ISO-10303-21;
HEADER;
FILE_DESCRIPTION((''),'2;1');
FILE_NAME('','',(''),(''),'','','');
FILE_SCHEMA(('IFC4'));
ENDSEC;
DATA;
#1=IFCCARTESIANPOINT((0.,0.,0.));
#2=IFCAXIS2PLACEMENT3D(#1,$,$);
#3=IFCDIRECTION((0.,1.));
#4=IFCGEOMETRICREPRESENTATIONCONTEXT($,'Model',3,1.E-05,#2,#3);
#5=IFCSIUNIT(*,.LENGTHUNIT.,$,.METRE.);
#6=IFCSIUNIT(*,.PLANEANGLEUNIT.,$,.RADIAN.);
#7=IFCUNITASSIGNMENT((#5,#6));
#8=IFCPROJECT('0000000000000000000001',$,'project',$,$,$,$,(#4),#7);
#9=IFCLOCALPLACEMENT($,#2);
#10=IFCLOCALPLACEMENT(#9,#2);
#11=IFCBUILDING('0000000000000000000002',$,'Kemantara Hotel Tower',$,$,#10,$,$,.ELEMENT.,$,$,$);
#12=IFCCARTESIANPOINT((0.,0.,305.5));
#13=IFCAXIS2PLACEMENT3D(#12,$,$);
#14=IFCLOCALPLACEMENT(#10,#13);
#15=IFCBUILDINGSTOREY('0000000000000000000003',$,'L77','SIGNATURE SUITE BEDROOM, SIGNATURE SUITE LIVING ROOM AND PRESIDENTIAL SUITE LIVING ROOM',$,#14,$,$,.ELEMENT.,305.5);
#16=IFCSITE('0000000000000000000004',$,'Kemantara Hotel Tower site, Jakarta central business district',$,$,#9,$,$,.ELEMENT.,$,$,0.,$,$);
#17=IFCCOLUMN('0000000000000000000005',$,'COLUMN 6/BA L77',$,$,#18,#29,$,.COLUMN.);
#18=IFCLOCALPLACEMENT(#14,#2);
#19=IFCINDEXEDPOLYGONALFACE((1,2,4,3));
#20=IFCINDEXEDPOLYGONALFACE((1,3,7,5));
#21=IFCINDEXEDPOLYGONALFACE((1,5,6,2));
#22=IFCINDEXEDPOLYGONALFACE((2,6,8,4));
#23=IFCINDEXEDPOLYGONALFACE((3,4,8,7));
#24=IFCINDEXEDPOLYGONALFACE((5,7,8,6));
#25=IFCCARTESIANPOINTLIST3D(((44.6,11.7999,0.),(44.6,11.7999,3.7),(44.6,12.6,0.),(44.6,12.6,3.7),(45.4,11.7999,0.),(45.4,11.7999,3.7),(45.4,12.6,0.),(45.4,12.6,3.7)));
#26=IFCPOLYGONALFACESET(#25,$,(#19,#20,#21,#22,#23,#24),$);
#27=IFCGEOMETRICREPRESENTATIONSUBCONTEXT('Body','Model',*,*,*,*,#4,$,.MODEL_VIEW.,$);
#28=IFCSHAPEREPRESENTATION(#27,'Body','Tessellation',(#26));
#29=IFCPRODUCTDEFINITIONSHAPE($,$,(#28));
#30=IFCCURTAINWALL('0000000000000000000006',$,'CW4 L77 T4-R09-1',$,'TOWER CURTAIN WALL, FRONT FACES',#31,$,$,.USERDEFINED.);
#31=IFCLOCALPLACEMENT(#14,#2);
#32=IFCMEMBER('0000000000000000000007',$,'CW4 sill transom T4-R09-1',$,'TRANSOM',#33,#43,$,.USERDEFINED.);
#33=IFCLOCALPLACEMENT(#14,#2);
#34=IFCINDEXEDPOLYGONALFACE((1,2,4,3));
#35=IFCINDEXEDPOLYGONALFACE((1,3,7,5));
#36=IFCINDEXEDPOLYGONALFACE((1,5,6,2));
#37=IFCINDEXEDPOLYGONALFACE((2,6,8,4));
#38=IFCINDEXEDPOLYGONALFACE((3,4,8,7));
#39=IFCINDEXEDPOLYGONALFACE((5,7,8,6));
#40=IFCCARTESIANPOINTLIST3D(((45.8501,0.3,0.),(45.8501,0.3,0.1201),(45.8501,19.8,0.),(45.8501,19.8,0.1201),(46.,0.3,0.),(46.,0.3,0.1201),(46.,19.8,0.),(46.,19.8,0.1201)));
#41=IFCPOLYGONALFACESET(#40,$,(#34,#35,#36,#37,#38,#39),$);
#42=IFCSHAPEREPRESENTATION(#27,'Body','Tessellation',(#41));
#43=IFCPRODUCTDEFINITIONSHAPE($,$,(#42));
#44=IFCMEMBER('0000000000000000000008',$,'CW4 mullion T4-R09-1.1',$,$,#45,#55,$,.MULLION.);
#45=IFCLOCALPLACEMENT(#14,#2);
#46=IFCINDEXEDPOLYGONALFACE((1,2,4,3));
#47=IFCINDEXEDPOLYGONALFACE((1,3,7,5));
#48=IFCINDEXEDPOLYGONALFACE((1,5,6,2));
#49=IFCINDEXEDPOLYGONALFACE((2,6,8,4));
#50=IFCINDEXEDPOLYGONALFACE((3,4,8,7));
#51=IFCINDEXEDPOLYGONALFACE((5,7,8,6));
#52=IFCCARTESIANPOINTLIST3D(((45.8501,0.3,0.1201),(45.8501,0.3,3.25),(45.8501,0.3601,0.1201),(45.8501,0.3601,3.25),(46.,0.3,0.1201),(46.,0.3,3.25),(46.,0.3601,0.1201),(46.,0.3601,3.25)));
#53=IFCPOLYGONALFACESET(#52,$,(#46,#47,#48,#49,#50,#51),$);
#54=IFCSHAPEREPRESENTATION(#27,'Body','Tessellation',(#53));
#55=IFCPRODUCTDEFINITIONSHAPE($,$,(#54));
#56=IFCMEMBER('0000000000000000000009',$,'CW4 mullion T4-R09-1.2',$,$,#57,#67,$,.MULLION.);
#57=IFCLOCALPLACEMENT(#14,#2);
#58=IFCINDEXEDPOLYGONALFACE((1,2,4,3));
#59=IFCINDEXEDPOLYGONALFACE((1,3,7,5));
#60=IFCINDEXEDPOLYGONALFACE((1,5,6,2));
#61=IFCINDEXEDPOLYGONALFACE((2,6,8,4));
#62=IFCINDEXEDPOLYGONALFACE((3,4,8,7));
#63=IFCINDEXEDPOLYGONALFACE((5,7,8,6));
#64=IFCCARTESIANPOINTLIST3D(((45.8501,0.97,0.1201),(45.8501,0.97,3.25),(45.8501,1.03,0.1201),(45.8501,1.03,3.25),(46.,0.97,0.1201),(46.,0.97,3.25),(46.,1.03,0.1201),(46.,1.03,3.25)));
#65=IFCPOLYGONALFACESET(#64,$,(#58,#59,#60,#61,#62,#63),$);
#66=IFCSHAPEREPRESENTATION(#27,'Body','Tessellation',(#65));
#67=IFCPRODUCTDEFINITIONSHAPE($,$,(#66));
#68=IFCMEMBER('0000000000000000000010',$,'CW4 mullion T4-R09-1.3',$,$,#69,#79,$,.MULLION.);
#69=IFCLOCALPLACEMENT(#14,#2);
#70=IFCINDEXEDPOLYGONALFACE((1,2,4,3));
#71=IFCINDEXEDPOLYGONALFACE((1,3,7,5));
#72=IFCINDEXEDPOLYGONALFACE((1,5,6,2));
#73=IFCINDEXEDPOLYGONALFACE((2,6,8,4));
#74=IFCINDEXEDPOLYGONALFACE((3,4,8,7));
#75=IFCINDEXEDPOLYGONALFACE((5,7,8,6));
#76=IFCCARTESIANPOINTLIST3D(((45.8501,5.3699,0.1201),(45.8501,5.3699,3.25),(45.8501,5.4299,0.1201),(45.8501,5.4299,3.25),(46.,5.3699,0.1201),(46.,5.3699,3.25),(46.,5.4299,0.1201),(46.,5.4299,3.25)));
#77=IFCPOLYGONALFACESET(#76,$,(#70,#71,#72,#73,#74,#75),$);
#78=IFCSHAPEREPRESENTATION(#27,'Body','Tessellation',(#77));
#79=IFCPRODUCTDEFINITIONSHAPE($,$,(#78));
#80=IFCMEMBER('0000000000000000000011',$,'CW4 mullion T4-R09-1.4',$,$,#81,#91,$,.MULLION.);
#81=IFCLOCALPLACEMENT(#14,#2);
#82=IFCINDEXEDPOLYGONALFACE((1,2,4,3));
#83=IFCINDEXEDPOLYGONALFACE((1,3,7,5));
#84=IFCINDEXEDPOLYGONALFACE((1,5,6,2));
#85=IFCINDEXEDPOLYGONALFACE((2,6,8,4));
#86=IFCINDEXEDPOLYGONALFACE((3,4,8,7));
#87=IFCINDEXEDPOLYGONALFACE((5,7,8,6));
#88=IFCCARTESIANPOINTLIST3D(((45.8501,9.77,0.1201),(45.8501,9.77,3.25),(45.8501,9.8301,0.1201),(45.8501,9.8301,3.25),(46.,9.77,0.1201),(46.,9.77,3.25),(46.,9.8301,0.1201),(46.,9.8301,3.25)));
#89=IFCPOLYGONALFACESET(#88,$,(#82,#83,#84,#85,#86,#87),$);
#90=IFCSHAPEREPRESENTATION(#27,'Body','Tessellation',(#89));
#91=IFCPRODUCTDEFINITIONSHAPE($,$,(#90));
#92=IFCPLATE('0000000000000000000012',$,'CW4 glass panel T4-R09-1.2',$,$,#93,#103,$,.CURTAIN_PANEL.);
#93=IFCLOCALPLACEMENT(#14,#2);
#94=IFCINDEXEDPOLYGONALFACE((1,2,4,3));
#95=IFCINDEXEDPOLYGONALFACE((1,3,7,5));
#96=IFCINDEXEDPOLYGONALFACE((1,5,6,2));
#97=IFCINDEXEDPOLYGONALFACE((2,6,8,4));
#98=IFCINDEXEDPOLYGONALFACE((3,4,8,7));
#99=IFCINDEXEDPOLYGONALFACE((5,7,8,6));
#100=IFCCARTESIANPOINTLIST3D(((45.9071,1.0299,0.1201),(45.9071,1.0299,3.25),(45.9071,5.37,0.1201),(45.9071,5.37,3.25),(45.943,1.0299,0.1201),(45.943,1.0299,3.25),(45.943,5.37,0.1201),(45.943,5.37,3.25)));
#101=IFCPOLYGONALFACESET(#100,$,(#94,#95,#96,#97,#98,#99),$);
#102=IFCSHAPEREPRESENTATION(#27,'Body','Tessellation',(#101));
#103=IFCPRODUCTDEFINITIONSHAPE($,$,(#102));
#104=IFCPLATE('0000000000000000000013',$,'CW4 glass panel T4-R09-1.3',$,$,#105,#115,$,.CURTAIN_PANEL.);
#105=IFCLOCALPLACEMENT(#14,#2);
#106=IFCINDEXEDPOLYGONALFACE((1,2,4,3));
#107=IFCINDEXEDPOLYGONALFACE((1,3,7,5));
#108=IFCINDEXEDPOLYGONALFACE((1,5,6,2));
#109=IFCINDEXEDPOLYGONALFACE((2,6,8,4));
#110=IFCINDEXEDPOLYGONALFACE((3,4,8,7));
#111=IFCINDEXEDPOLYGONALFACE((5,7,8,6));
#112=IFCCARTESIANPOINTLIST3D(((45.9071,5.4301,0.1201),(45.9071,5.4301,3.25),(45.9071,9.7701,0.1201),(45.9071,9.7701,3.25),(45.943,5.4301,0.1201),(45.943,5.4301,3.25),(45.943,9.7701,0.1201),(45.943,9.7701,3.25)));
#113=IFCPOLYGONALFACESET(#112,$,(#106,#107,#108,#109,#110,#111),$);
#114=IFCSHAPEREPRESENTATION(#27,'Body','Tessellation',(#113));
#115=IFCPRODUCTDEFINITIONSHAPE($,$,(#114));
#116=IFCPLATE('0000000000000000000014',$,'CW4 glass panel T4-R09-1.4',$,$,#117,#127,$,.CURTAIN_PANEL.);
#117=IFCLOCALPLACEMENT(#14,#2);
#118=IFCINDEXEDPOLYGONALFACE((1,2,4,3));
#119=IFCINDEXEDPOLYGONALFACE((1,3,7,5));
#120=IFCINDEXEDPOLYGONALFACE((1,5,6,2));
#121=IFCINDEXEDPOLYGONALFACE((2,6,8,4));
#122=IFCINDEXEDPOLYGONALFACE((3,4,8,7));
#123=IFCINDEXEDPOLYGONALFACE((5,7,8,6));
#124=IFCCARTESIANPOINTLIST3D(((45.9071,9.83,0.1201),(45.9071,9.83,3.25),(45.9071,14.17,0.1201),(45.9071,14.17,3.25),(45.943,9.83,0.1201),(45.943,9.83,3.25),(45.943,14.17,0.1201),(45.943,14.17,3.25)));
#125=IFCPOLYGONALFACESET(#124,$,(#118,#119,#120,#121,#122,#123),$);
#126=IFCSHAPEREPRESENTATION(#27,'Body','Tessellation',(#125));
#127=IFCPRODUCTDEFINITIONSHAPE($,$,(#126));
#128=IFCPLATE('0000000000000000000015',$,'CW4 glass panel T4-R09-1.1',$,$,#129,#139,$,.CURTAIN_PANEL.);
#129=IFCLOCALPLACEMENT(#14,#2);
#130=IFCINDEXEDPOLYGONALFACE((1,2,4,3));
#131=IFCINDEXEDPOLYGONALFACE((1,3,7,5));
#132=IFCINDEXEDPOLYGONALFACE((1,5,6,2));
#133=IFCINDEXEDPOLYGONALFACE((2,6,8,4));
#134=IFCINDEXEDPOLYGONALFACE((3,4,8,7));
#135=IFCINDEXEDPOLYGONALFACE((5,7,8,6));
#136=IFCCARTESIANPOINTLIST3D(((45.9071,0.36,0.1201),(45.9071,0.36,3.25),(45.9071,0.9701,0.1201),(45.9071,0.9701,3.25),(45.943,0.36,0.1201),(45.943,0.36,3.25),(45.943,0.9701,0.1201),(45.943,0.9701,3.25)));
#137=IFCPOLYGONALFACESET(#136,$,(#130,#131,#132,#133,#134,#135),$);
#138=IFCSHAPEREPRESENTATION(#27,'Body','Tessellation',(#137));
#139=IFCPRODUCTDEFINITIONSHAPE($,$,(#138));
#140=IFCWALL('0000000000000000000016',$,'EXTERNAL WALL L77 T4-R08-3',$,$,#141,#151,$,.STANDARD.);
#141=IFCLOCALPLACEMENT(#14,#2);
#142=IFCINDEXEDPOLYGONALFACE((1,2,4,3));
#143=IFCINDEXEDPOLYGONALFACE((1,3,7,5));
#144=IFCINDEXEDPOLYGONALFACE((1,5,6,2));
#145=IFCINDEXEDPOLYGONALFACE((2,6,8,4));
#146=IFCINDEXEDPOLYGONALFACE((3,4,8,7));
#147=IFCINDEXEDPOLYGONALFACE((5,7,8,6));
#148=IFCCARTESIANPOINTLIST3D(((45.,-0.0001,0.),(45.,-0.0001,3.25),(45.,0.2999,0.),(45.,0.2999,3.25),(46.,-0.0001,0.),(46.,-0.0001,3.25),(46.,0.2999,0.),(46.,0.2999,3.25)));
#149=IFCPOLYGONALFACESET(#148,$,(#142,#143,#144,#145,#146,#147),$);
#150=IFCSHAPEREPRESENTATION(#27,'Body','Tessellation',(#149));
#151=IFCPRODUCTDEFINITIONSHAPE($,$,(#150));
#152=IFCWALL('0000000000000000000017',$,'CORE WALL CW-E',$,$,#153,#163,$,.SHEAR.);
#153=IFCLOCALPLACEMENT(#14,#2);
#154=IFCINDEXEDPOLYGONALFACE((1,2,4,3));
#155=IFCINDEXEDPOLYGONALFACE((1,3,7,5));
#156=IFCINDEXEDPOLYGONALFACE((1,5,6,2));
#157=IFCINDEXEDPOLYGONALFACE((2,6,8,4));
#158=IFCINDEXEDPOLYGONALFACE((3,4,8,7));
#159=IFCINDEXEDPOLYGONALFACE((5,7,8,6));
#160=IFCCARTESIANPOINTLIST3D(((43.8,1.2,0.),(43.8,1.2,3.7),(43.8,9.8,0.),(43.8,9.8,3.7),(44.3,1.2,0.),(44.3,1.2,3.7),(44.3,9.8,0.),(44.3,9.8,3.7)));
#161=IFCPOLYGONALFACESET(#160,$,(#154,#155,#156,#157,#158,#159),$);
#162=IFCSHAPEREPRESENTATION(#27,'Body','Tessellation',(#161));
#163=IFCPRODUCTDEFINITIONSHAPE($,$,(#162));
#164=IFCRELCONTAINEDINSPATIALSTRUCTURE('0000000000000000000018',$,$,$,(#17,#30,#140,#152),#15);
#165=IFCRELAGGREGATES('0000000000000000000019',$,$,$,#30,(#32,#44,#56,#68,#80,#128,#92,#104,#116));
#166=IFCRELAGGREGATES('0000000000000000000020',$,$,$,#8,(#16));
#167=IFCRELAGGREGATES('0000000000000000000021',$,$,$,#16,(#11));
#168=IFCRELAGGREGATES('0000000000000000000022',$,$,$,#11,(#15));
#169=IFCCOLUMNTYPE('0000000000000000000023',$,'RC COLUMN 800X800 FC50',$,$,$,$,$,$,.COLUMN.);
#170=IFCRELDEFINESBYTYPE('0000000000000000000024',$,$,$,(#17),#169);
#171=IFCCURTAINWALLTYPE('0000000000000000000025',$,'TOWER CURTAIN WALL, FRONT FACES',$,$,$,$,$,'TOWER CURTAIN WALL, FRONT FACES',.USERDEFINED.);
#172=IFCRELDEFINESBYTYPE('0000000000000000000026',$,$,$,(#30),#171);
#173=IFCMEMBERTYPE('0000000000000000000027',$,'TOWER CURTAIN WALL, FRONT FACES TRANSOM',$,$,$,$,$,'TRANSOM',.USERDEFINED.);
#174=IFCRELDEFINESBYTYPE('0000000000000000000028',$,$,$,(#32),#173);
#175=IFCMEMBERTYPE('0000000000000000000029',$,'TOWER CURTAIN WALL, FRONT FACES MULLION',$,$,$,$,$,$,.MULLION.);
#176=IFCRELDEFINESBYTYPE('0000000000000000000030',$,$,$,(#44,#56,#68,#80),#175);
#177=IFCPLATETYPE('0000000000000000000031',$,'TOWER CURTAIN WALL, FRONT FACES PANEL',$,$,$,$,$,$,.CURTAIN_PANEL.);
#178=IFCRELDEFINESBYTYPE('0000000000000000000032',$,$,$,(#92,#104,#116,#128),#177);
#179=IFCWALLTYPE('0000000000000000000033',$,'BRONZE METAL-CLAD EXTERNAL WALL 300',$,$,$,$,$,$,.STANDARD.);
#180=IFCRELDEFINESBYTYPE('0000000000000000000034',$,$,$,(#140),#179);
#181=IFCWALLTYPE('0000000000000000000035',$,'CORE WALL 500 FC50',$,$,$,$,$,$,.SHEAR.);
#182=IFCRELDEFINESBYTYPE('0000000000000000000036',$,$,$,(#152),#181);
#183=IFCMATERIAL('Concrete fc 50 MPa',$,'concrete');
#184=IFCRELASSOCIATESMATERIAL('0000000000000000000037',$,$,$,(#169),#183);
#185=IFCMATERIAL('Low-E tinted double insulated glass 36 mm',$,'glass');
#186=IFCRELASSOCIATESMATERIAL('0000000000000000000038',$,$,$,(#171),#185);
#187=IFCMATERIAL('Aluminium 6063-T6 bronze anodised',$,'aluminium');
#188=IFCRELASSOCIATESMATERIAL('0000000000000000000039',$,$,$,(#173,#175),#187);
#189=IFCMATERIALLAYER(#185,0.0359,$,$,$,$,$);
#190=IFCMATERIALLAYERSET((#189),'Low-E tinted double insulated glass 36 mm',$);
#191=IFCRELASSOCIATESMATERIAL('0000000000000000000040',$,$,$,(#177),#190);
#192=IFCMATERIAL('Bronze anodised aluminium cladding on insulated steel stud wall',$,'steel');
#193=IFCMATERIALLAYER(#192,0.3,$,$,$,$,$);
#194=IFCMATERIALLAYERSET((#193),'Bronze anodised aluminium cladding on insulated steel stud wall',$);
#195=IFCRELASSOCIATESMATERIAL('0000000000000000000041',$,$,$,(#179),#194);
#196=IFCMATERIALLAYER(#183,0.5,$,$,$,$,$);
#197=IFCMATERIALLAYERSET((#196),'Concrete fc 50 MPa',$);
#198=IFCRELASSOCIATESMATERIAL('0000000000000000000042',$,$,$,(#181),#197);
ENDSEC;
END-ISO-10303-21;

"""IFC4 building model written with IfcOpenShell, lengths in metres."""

from ifc_helpers import new_model, si_unit, direction, frame, frame_2d, origin, origin_2d, place, context, subcontext, project, spatial, rectangle, extrude, source, transform, mapped, material, layer, layer_set, material_profile, profile_set, type_object, element, aggregate, save


model = new_model("IFC4")

# Units and contexts
model_context = context("Model", 3, precision=1e-05, world=origin(), true_north=direction((0.0, 1.0)))
body_context = subcontext(model_context, "Body", "Model", "MODEL_VIEW")
ifc_project = project(units=[si_unit("LENGTHUNIT", "METRE"), si_unit("PLANEANGLEUNIT", "RADIAN")], contexts=[model_context])

# Site, building, storey
site_placement = place(None, origin())
site = spatial("IfcSite", under=ifc_project, at=site_placement, Name="Kemantara Hotel Tower site, Jakarta central business district", CompositionType="ELEMENT", RefElevation=0.0)
building_placement = place(site_placement, origin())
building = spatial("IfcBuilding", under=site, at=building_placement, Name="Kemantara Hotel Tower", CompositionType="ELEMENT")
storey_placement = place(building_placement, frame((0.0, 0.0, 305.5)))
storey = spatial("IfcBuildingStorey", under=building, at=storey_placement, Name="L77", Description="SIGNATURE SUITE BEDROOM, SIGNATURE SUITE LIVING ROOM AND PRESIDENTIAL SUITE LIVING ROOM", CompositionType="ELEMENT", Elevation=305.5)

# Column
ifc_material_1 = material(Name="Concrete fc 50 MPa", Category="concrete")
ifc_material_profile_1 = material_profile(ifc_material_1, rectangle(XDim=0.8, YDim=0.8, at=origin_2d()), Name="RC 800X800")
ifc_profile_set_1 = profile_set([ifc_material_profile_1], Name="Concrete fc 50 MPa")
column_type = type_object("IfcColumnType", Name="RC COLUMN 800X800 FC50", PredefinedType="COLUMN", material=ifc_profile_set_1)
column_placement = place(storey_placement, frame((45.0, 12.2, 0.0), z_axis=(0.0, 0.0, 1.0), x_axis=(1.0, 0.0, 0.0)))
element("IfcColumn", 1, at=column_placement, inside=storey, type_object=column_type, Name="COLUMN 6/BA L77", PredefinedType="COLUMN", context=body_context, shape_type="SweptSolid", body=[
    extrude(rectangle(XDim=0.8, YDim=0.8, at=origin_2d()), origin(), (0.0, 0.0, 1.0), 3.7),
])

# Curtain wall, members, plates
ifc_material_2 = material(Name="Low-E tinted double insulated glass 36 mm", Category="glass")
curtain_wall_type = type_object("IfcCurtainWallType", Name="TOWER CURTAIN WALL, FRONT FACES", ElementType="TOWER CURTAIN WALL, FRONT FACES", PredefinedType="USERDEFINED", material=ifc_material_2)
curtain_wall_placement = place(storey_placement, origin())
curtain_wall = element("IfcCurtainWall", 2, at=curtain_wall_placement, inside=storey, type_object=curtain_wall_type, Name="CW4 L77 T4-R09-1", ObjectType="TOWER CURTAIN WALL, FRONT FACES", PredefinedType="USERDEFINED")
ifc_material_3 = material(Name="Aluminium 6063-T6 bronze anodised", Category="aluminium")
ifc_material_profile_2 = material_profile(ifc_material_3, rectangle(XDim=0.1499, YDim=0.1201, at=origin_2d()), Name="TOWER CURTAIN WALL, FRONT FACES TRANSOM")
ifc_profile_set_2 = profile_set([ifc_material_profile_2], Name="Aluminium 6063-T6 bronze anodised")
member_type_1 = type_object("IfcMemberType", Name="TOWER CURTAIN WALL, FRONT FACES TRANSOM", ElementType="TRANSOM", PredefinedType="USERDEFINED", material=ifc_profile_set_2)
member_1_placement = place(storey_placement, frame((45.925, 0.3, 0.0601), z_axis=(0.0, 1.0, 0.0), x_axis=(-1.0, 0.0, 0.0)))
member_1 = element("IfcMember", 3, at=member_1_placement, type_object=member_type_1, Name="CW4 sill transom T4-R09-1", ObjectType="TRANSOM", PredefinedType="USERDEFINED", context=body_context, shape_type="SweptSolid", body=[
    extrude(rectangle(XDim=0.1499, YDim=0.1201, at=origin_2d()), origin(), (0.0, 0.0, 1.0), 19.5),
])
ifc_material_profile_3 = material_profile(ifc_material_3, rectangle(XDim=0.1499, YDim=0.0601, at=origin_2d()), Name="TOWER CURTAIN WALL, FRONT FACES MULLION")
ifc_profile_set_3 = profile_set([ifc_material_profile_3], Name="Aluminium 6063-T6 bronze anodised")
member_type_2 = type_object("IfcMemberType", Name="TOWER CURTAIN WALL, FRONT FACES MULLION", PredefinedType="MULLION", material=ifc_profile_set_3)
shared_shape_1 = source(origin(), body_context, "Body", "SweptSolid", [
    extrude(rectangle(XDim=0.1499, YDim=0.0601, at=origin_2d()), origin(), (0.0, 0.0, 1.0), 3.1299),
])
member_2_placement = place(storey_placement, frame((45.925, 0.3301, 0.1201), z_axis=(0.0, 0.0, 1.0), x_axis=(-1.0, 0.0, 0.0)))
member_2 = element("IfcMember", 4, at=member_2_placement, type_object=member_type_2, Name="CW4 mullion T4-R09-1.1", PredefinedType="MULLION", context=body_context, shape_type="MappedRepresentation", body=[
    mapped(shared_shape_1, transform((0.0, 0.0, 0.0))),
])
member_3_placement = place(storey_placement, frame((45.925, 1.0, 0.1201), z_axis=(0.0, 0.0, 1.0), x_axis=(-1.0, 0.0, 0.0)))
member_3 = element("IfcMember", 5, at=member_3_placement, type_object=member_type_2, Name="CW4 mullion T4-R09-1.2", PredefinedType="MULLION", context=body_context, shape_type="MappedRepresentation", body=[
    mapped(shared_shape_1, transform((0.0, 0.0, 0.0))),
])
member_4_placement = place(storey_placement, frame((45.925, 5.3999, 0.1201), z_axis=(0.0, 0.0, 1.0), x_axis=(-1.0, 0.0, 0.0)))
member_4 = element("IfcMember", 6, at=member_4_placement, type_object=member_type_2, Name="CW4 mullion T4-R09-1.3", PredefinedType="MULLION", context=body_context, shape_type="MappedRepresentation", body=[
    mapped(shared_shape_1, transform((0.0, 0.0, 0.0))),
])
member_5_placement = place(storey_placement, frame((45.925, 9.8, 0.1201), z_axis=(0.0, 0.0, 1.0), x_axis=(-1.0, 0.0, 0.0)))
member_5 = element("IfcMember", 7, at=member_5_placement, type_object=member_type_2, Name="CW4 mullion T4-R09-1.4", PredefinedType="MULLION", context=body_context, shape_type="MappedRepresentation", body=[
    mapped(shared_shape_1, transform((0.0, 0.0, 0.0))),
])
ifc_layer_1 = layer(ifc_material_2, 0.0359)
ifc_layer_set_1 = layer_set([ifc_layer_1], Name="Low-E tinted double insulated glass 36 mm")
plate_type = type_object("IfcPlateType", Name="TOWER CURTAIN WALL, FRONT FACES PANEL", PredefinedType="CURTAIN_PANEL", material=ifc_layer_set_1)
shared_shape_2 = source(origin(), body_context, "Body", "SweptSolid", [
    extrude(rectangle(XDim=4.3401, YDim=0.0359, at=origin_2d()), origin(), (0.0, 0.0, 1.0), 3.1299),
])
plate_1_placement = place(storey_placement, frame((45.925, 3.2, 0.1201), z_axis=(0.0, 0.0, 1.0), x_axis=(0.0, 1.0, 0.0)))
plate_1 = element("IfcPlate", 8, at=plate_1_placement, type_object=plate_type, Name="CW4 glass panel T4-R09-1.2", PredefinedType="CURTAIN_PANEL", context=body_context, shape_type="MappedRepresentation", body=[
    mapped(shared_shape_2, transform((0.0, 0.0, 0.0))),
])
plate_2_placement = place(storey_placement, frame((45.925, 7.6001, 0.1201), z_axis=(0.0, 0.0, 1.0), x_axis=(0.0, 1.0, 0.0)))
plate_2 = element("IfcPlate", 9, at=plate_2_placement, type_object=plate_type, Name="CW4 glass panel T4-R09-1.3", PredefinedType="CURTAIN_PANEL", context=body_context, shape_type="MappedRepresentation", body=[
    mapped(shared_shape_2, transform((0.0, 0.0, 0.0))),
])
plate_3_placement = place(storey_placement, frame((45.925, 12.0, 0.1201), z_axis=(0.0, 0.0, 1.0), x_axis=(0.0, 1.0, 0.0)))
plate_3 = element("IfcPlate", 10, at=plate_3_placement, type_object=plate_type, Name="CW4 glass panel T4-R09-1.4", PredefinedType="CURTAIN_PANEL", context=body_context, shape_type="MappedRepresentation", body=[
    mapped(shared_shape_2, transform((0.0, 0.0, 0.0))),
])
shared_shape_3 = source(origin(), body_context, "Body", "SweptSolid", [
    extrude(rectangle(XDim=0.6101, YDim=0.0359, at=origin_2d()), origin(), (0.0, 0.0, 1.0), 3.1299),
])
plate_4_placement = place(storey_placement, frame((45.925, 0.665, 0.1201), z_axis=(0.0, 0.0, 1.0), x_axis=(0.0, 1.0, 0.0)))
plate_4 = element("IfcPlate", 11, at=plate_4_placement, type_object=plate_type, Name="CW4 glass panel T4-R09-1.1", PredefinedType="CURTAIN_PANEL", context=body_context, shape_type="MappedRepresentation", body=[
    mapped(shared_shape_3, transform((0.0, 0.0, 0.0))),
])
aggregate(curtain_wall, [member_1, member_2, member_3, member_4, member_5, plate_4, plate_1, plate_2, plate_3])

# Walls
ifc_material_4 = material(Name="Bronze anodised aluminium cladding on insulated steel stud wall", Category="steel")
ifc_layer_2 = layer(ifc_material_4, 0.3)
ifc_layer_set_2 = layer_set([ifc_layer_2], Name="Bronze anodised aluminium cladding on insulated steel stud wall")
wall_type_1 = type_object("IfcWallType", Name="BRONZE METAL-CLAD EXTERNAL WALL 300", PredefinedType="STANDARD", material=ifc_layer_set_2)
wall_1_placement = place(storey_placement, frame((45.0, 0.1499, 0.0), z_axis=(0.0, 0.0, 1.0), x_axis=(1.0, 0.0, 0.0)))
element("IfcWall", 12, at=wall_1_placement, inside=storey, type_object=wall_type_1, Name="EXTERNAL WALL L77 T4-R08-3", PredefinedType="STANDARD", context=body_context, shape_type="SweptSolid", body=[
    extrude(rectangle(XDim=1.0, YDim=0.3, at=frame_2d((0.5, 0.0))), origin(), (0.0, 0.0, 1.0), 3.25),
])
ifc_layer_3 = layer(ifc_material_1, 0.5)
ifc_layer_set_3 = layer_set([ifc_layer_3], Name="Concrete fc 50 MPa")
wall_type_2 = type_object("IfcWallType", Name="CORE WALL 500 FC50", PredefinedType="SHEAR", material=ifc_layer_set_3)
wall_2_placement = place(storey_placement, frame((44.05, 1.2, 0.0), z_axis=(0.0, 0.0, 1.0), x_axis=(0.0, 1.0, 0.0)))
element("IfcWall", 13, at=wall_2_placement, inside=storey, type_object=wall_type_2, Name="CORE WALL CW-E", PredefinedType="SHEAR", context=body_context, shape_type="SweptSolid", body=[
    extrude(rectangle(XDim=8.6001, YDim=0.5, at=frame_2d((4.3, 0.0))), origin(), (0.0, 0.0, 1.0), 3.7),
])

save(model, "model.ifc")
